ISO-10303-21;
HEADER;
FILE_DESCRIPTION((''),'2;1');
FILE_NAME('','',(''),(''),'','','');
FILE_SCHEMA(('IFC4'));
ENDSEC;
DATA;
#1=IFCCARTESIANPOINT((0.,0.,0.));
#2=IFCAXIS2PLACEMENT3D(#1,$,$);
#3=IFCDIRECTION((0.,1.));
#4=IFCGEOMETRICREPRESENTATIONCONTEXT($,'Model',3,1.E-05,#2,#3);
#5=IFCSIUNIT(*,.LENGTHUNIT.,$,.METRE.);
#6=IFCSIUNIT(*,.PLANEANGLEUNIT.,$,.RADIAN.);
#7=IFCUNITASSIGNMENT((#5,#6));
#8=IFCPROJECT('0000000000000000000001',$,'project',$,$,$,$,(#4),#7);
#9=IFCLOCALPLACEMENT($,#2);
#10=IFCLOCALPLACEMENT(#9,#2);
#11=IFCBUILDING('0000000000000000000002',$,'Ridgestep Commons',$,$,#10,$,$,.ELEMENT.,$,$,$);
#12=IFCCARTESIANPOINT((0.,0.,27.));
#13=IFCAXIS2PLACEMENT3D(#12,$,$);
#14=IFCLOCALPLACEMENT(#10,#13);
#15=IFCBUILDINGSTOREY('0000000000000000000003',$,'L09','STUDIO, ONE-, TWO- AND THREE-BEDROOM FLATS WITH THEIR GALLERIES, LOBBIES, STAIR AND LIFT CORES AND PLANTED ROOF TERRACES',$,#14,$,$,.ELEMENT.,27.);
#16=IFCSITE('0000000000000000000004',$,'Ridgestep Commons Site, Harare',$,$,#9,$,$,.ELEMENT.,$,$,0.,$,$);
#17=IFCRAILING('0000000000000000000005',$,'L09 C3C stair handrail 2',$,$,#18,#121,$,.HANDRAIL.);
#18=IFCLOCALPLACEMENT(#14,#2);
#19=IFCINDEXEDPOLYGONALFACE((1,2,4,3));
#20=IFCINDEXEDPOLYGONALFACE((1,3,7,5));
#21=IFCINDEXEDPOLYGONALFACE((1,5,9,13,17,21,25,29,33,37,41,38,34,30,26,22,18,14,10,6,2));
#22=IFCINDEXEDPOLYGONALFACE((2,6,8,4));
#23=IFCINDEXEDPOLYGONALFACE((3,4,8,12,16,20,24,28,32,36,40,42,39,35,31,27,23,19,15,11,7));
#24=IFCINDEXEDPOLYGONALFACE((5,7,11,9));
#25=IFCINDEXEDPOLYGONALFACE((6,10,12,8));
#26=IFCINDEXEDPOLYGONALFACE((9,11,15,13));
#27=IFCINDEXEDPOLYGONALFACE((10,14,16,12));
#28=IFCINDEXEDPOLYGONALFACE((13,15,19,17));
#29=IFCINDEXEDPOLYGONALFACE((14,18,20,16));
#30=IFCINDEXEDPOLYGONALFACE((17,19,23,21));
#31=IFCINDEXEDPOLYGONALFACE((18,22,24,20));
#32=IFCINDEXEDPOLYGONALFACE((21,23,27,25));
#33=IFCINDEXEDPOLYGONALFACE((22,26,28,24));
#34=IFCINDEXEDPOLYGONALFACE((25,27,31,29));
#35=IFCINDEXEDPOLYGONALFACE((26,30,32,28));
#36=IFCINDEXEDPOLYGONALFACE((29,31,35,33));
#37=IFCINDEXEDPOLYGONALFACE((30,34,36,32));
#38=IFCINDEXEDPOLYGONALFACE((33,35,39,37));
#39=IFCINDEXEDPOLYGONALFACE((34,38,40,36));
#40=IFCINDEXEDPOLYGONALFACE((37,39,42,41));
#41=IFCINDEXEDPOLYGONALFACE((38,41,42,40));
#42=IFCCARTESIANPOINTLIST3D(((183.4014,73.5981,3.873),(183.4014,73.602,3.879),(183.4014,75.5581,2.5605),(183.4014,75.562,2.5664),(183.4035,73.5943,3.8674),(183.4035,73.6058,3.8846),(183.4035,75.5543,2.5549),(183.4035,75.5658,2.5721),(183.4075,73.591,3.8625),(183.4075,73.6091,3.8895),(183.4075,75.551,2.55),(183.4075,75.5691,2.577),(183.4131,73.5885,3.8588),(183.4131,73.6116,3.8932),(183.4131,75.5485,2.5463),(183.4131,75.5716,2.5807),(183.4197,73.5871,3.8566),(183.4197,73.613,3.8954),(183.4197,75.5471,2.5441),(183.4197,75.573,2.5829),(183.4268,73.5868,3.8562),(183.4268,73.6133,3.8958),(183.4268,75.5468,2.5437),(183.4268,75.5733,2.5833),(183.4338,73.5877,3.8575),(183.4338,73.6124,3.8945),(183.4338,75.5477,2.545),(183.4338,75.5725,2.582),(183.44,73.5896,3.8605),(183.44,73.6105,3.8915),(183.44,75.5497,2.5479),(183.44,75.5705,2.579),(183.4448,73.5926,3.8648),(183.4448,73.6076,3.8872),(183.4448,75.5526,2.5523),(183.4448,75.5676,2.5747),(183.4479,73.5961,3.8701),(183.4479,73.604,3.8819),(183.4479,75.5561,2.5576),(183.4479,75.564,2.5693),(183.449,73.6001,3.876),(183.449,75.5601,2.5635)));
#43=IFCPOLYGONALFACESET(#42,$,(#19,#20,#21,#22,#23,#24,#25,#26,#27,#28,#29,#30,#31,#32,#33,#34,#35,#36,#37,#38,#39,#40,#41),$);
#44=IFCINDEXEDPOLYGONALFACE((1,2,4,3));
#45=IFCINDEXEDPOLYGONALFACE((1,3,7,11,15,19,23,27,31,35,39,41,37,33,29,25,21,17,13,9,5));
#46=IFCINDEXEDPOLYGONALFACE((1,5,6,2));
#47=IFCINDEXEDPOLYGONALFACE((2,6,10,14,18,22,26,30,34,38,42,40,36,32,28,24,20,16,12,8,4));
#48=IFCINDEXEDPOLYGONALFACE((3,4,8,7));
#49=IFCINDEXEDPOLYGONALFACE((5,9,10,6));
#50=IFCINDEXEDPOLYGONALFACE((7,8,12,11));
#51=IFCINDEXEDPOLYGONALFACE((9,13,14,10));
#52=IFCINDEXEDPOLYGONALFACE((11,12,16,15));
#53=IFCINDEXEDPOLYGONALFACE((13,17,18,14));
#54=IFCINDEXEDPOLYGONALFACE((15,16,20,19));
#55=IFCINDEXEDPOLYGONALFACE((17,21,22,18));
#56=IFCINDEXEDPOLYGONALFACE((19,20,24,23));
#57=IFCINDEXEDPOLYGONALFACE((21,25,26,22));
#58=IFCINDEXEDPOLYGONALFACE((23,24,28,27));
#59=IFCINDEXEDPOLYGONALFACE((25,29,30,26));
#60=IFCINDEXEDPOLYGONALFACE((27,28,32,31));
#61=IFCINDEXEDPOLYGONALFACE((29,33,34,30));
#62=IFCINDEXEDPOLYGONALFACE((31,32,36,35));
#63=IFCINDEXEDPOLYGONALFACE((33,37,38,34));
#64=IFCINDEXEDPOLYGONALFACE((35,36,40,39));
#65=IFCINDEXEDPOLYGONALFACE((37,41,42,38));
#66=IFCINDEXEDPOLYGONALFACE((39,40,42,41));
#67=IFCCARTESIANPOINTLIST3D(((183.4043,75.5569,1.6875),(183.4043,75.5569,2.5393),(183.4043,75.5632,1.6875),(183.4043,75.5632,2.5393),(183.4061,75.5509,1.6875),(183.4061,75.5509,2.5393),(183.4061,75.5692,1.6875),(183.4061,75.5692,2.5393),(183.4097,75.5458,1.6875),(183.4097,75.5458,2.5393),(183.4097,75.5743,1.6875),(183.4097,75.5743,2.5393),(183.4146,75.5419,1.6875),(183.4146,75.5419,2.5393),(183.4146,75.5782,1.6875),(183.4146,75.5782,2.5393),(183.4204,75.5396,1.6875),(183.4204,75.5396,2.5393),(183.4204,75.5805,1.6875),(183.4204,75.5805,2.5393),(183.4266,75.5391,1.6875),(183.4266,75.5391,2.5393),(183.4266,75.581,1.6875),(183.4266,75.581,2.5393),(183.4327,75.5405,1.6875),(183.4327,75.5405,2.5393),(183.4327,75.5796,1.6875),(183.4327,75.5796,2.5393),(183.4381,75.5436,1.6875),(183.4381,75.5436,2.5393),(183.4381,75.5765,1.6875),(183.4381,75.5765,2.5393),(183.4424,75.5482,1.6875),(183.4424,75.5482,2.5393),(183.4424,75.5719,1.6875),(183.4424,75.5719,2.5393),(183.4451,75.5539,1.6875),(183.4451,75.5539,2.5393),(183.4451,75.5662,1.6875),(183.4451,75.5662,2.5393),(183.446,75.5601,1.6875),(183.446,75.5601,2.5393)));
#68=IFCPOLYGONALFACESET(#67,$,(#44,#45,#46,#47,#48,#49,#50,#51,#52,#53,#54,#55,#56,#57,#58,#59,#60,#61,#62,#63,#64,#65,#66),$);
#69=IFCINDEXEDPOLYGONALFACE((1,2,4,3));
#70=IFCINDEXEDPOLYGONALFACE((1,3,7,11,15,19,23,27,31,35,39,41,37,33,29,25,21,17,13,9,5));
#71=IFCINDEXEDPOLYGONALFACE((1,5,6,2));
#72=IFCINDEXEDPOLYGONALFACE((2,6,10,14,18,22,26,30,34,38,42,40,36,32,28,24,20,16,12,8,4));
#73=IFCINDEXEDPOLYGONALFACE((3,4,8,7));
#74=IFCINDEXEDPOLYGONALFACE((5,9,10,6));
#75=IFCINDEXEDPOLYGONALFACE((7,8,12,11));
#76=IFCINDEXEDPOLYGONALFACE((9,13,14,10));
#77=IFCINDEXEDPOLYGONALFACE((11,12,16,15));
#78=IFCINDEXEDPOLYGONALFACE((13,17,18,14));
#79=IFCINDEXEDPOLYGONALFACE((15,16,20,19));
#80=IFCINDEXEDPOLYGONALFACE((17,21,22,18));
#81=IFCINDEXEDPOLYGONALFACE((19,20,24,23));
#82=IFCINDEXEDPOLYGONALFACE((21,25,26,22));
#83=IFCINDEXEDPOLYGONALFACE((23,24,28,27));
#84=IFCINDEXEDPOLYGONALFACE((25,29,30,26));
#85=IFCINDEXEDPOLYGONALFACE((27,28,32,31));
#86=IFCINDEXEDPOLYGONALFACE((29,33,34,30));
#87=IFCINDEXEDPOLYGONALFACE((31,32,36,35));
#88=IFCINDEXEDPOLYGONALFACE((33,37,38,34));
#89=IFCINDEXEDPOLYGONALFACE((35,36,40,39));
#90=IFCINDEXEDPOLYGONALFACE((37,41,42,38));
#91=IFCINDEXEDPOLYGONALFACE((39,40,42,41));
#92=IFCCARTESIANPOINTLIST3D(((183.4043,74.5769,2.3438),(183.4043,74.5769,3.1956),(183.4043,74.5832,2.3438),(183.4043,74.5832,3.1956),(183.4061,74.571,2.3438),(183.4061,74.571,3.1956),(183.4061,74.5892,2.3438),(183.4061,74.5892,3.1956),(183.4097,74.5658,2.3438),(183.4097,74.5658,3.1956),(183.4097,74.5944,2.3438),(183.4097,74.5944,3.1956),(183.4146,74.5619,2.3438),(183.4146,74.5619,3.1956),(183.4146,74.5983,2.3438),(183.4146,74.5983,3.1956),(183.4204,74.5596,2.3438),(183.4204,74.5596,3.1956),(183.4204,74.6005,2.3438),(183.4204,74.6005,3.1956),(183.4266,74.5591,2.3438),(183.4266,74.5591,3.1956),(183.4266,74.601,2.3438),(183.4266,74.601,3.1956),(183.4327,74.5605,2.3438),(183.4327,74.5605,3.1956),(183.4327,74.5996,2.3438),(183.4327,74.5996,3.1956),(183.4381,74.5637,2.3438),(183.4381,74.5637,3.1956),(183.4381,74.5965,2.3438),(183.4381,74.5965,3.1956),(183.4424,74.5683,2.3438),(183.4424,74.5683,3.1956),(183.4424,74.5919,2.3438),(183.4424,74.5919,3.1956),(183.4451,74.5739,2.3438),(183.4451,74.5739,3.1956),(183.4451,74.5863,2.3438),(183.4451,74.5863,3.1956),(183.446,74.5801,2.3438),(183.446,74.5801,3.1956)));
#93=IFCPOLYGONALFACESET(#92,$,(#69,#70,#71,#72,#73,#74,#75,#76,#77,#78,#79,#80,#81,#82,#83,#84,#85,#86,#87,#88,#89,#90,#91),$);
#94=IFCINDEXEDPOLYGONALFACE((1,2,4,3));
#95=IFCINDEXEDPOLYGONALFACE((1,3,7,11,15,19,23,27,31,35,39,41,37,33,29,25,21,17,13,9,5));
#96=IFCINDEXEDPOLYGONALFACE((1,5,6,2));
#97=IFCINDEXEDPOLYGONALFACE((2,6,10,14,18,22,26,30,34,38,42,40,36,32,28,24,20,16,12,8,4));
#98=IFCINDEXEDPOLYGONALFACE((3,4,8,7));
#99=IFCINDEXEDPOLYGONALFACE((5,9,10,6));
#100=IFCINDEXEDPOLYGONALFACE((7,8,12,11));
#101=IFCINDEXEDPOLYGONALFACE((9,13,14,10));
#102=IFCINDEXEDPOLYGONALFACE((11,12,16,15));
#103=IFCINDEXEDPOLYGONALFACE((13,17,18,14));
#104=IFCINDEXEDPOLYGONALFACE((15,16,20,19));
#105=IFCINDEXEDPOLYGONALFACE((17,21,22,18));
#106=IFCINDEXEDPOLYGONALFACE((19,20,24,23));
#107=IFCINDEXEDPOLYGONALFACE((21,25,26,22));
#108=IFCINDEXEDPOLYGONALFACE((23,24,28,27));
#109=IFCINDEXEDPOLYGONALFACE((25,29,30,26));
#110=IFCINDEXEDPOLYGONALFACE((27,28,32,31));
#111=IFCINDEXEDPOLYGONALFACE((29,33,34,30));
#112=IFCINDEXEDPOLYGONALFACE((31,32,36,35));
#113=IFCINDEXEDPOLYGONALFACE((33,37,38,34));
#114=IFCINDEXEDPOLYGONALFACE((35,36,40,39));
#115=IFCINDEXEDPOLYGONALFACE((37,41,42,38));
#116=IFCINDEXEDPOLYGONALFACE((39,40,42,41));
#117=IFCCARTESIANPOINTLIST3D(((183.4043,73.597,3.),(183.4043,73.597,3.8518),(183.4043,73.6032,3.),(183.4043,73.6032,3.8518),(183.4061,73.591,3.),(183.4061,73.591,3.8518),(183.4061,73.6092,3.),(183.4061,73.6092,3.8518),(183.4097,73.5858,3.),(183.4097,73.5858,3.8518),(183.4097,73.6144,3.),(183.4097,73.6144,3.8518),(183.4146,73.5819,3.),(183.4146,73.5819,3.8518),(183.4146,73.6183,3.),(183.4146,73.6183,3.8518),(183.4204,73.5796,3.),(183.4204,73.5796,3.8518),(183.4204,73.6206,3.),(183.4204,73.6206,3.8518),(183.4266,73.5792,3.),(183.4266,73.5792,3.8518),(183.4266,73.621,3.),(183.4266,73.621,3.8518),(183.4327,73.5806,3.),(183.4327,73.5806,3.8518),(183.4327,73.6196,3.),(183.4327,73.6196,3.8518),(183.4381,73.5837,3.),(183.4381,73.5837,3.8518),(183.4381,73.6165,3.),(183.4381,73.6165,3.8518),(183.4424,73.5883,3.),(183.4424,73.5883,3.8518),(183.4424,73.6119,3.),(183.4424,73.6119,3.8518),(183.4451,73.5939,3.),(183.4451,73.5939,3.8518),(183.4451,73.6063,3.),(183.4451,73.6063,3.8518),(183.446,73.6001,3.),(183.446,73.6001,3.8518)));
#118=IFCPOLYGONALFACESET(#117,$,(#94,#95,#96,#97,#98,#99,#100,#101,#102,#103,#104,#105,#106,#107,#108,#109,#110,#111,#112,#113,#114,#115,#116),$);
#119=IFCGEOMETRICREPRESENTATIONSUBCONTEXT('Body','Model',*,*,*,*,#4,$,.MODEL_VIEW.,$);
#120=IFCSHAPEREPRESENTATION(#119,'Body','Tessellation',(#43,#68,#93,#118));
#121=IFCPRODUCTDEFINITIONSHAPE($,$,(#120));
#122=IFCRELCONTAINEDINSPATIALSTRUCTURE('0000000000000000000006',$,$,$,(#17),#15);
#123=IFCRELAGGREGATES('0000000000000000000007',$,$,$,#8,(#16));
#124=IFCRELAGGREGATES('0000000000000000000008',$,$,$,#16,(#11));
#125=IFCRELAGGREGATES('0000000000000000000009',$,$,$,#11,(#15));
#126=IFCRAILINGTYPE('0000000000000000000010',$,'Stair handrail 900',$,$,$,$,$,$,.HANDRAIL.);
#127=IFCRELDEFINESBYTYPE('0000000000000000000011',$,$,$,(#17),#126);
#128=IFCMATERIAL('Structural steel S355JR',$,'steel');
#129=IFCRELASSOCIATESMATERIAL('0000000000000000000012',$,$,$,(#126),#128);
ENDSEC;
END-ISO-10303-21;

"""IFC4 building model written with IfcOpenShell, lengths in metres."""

from ifc_helpers import new_model, si_unit, direction, frame, origin, origin_2d, place, context, subcontext, project, spatial, circle, extrude, material, type_object, element, save


model = new_model("IFC4")

# Units and contexts
model_context = context("Model", 3, precision=1e-05, world=origin(), true_north=direction((0.0, 1.0)))
body_context = subcontext(model_context, "Body", "Model", "MODEL_VIEW")
ifc_project = project(units=[si_unit("LENGTHUNIT", "METRE"), si_unit("PLANEANGLEUNIT", "RADIAN")], contexts=[model_context])

# Site, building, storey
site_placement = place(None, origin())
site = spatial("IfcSite", under=ifc_project, at=site_placement, Name="Ridgestep Commons Site, Harare", CompositionType="ELEMENT", RefElevation=0.0)
building_placement = place(site_placement, origin())
building = spatial("IfcBuilding", under=site, at=building_placement, Name="Ridgestep Commons", CompositionType="ELEMENT")
storey_placement = place(building_placement, frame((0.0, 0.0, 27.0)))
storey = spatial("IfcBuildingStorey", under=building, at=storey_placement, Name="L09", Description="STUDIO, ONE-, TWO- AND THREE-BEDROOM FLATS WITH THEIR GALLERIES, LOBBIES, STAIR AND LIFT CORES AND PLANTED ROOF TERRACES", CompositionType="ELEMENT", Elevation=27.0)

# Railing
ifc_material_1 = material(Name="Structural steel S355JR", Category="steel")
railing_type_1 = type_object("IfcRailingType", Name="Stair handrail 900", PredefinedType="HANDRAIL", material=ifc_material_1)
railing_1_placement = place(storey_placement, frame((183.425, 75.5601, 1.6875)))
element("IfcRailing", 1, at=railing_1_placement, inside=storey, type_object=railing_type_1, Name="L09 C3C stair handrail 2", PredefinedType="HANDRAIL", context=body_context, shape_type="SweptSolid", body=[
    extrude(circle(Radius=0.0239, at=origin_2d()), frame((0.0, 0.0, 0.876), z_axis=(0.0, -0.830902, 0.556419), x_axis=(1.0, 0.0, 0.0)), (0.0, 0.0, 1.0), 2.3589),
    extrude(circle(Radius=0.021, at=origin_2d()), origin(), (0.0, 0.0, 1.0), 0.8518),
    extrude(circle(Radius=0.021, at=origin_2d()), frame((0.0, -0.98, 0.6562)), (0.0, 0.0, 1.0), 0.8518),
    extrude(circle(Radius=0.021, at=origin_2d()), frame((0.0, -1.96, 1.3125)), (0.0, 0.0, 1.0), 0.8518),
])

save(model, "model.ifc")
